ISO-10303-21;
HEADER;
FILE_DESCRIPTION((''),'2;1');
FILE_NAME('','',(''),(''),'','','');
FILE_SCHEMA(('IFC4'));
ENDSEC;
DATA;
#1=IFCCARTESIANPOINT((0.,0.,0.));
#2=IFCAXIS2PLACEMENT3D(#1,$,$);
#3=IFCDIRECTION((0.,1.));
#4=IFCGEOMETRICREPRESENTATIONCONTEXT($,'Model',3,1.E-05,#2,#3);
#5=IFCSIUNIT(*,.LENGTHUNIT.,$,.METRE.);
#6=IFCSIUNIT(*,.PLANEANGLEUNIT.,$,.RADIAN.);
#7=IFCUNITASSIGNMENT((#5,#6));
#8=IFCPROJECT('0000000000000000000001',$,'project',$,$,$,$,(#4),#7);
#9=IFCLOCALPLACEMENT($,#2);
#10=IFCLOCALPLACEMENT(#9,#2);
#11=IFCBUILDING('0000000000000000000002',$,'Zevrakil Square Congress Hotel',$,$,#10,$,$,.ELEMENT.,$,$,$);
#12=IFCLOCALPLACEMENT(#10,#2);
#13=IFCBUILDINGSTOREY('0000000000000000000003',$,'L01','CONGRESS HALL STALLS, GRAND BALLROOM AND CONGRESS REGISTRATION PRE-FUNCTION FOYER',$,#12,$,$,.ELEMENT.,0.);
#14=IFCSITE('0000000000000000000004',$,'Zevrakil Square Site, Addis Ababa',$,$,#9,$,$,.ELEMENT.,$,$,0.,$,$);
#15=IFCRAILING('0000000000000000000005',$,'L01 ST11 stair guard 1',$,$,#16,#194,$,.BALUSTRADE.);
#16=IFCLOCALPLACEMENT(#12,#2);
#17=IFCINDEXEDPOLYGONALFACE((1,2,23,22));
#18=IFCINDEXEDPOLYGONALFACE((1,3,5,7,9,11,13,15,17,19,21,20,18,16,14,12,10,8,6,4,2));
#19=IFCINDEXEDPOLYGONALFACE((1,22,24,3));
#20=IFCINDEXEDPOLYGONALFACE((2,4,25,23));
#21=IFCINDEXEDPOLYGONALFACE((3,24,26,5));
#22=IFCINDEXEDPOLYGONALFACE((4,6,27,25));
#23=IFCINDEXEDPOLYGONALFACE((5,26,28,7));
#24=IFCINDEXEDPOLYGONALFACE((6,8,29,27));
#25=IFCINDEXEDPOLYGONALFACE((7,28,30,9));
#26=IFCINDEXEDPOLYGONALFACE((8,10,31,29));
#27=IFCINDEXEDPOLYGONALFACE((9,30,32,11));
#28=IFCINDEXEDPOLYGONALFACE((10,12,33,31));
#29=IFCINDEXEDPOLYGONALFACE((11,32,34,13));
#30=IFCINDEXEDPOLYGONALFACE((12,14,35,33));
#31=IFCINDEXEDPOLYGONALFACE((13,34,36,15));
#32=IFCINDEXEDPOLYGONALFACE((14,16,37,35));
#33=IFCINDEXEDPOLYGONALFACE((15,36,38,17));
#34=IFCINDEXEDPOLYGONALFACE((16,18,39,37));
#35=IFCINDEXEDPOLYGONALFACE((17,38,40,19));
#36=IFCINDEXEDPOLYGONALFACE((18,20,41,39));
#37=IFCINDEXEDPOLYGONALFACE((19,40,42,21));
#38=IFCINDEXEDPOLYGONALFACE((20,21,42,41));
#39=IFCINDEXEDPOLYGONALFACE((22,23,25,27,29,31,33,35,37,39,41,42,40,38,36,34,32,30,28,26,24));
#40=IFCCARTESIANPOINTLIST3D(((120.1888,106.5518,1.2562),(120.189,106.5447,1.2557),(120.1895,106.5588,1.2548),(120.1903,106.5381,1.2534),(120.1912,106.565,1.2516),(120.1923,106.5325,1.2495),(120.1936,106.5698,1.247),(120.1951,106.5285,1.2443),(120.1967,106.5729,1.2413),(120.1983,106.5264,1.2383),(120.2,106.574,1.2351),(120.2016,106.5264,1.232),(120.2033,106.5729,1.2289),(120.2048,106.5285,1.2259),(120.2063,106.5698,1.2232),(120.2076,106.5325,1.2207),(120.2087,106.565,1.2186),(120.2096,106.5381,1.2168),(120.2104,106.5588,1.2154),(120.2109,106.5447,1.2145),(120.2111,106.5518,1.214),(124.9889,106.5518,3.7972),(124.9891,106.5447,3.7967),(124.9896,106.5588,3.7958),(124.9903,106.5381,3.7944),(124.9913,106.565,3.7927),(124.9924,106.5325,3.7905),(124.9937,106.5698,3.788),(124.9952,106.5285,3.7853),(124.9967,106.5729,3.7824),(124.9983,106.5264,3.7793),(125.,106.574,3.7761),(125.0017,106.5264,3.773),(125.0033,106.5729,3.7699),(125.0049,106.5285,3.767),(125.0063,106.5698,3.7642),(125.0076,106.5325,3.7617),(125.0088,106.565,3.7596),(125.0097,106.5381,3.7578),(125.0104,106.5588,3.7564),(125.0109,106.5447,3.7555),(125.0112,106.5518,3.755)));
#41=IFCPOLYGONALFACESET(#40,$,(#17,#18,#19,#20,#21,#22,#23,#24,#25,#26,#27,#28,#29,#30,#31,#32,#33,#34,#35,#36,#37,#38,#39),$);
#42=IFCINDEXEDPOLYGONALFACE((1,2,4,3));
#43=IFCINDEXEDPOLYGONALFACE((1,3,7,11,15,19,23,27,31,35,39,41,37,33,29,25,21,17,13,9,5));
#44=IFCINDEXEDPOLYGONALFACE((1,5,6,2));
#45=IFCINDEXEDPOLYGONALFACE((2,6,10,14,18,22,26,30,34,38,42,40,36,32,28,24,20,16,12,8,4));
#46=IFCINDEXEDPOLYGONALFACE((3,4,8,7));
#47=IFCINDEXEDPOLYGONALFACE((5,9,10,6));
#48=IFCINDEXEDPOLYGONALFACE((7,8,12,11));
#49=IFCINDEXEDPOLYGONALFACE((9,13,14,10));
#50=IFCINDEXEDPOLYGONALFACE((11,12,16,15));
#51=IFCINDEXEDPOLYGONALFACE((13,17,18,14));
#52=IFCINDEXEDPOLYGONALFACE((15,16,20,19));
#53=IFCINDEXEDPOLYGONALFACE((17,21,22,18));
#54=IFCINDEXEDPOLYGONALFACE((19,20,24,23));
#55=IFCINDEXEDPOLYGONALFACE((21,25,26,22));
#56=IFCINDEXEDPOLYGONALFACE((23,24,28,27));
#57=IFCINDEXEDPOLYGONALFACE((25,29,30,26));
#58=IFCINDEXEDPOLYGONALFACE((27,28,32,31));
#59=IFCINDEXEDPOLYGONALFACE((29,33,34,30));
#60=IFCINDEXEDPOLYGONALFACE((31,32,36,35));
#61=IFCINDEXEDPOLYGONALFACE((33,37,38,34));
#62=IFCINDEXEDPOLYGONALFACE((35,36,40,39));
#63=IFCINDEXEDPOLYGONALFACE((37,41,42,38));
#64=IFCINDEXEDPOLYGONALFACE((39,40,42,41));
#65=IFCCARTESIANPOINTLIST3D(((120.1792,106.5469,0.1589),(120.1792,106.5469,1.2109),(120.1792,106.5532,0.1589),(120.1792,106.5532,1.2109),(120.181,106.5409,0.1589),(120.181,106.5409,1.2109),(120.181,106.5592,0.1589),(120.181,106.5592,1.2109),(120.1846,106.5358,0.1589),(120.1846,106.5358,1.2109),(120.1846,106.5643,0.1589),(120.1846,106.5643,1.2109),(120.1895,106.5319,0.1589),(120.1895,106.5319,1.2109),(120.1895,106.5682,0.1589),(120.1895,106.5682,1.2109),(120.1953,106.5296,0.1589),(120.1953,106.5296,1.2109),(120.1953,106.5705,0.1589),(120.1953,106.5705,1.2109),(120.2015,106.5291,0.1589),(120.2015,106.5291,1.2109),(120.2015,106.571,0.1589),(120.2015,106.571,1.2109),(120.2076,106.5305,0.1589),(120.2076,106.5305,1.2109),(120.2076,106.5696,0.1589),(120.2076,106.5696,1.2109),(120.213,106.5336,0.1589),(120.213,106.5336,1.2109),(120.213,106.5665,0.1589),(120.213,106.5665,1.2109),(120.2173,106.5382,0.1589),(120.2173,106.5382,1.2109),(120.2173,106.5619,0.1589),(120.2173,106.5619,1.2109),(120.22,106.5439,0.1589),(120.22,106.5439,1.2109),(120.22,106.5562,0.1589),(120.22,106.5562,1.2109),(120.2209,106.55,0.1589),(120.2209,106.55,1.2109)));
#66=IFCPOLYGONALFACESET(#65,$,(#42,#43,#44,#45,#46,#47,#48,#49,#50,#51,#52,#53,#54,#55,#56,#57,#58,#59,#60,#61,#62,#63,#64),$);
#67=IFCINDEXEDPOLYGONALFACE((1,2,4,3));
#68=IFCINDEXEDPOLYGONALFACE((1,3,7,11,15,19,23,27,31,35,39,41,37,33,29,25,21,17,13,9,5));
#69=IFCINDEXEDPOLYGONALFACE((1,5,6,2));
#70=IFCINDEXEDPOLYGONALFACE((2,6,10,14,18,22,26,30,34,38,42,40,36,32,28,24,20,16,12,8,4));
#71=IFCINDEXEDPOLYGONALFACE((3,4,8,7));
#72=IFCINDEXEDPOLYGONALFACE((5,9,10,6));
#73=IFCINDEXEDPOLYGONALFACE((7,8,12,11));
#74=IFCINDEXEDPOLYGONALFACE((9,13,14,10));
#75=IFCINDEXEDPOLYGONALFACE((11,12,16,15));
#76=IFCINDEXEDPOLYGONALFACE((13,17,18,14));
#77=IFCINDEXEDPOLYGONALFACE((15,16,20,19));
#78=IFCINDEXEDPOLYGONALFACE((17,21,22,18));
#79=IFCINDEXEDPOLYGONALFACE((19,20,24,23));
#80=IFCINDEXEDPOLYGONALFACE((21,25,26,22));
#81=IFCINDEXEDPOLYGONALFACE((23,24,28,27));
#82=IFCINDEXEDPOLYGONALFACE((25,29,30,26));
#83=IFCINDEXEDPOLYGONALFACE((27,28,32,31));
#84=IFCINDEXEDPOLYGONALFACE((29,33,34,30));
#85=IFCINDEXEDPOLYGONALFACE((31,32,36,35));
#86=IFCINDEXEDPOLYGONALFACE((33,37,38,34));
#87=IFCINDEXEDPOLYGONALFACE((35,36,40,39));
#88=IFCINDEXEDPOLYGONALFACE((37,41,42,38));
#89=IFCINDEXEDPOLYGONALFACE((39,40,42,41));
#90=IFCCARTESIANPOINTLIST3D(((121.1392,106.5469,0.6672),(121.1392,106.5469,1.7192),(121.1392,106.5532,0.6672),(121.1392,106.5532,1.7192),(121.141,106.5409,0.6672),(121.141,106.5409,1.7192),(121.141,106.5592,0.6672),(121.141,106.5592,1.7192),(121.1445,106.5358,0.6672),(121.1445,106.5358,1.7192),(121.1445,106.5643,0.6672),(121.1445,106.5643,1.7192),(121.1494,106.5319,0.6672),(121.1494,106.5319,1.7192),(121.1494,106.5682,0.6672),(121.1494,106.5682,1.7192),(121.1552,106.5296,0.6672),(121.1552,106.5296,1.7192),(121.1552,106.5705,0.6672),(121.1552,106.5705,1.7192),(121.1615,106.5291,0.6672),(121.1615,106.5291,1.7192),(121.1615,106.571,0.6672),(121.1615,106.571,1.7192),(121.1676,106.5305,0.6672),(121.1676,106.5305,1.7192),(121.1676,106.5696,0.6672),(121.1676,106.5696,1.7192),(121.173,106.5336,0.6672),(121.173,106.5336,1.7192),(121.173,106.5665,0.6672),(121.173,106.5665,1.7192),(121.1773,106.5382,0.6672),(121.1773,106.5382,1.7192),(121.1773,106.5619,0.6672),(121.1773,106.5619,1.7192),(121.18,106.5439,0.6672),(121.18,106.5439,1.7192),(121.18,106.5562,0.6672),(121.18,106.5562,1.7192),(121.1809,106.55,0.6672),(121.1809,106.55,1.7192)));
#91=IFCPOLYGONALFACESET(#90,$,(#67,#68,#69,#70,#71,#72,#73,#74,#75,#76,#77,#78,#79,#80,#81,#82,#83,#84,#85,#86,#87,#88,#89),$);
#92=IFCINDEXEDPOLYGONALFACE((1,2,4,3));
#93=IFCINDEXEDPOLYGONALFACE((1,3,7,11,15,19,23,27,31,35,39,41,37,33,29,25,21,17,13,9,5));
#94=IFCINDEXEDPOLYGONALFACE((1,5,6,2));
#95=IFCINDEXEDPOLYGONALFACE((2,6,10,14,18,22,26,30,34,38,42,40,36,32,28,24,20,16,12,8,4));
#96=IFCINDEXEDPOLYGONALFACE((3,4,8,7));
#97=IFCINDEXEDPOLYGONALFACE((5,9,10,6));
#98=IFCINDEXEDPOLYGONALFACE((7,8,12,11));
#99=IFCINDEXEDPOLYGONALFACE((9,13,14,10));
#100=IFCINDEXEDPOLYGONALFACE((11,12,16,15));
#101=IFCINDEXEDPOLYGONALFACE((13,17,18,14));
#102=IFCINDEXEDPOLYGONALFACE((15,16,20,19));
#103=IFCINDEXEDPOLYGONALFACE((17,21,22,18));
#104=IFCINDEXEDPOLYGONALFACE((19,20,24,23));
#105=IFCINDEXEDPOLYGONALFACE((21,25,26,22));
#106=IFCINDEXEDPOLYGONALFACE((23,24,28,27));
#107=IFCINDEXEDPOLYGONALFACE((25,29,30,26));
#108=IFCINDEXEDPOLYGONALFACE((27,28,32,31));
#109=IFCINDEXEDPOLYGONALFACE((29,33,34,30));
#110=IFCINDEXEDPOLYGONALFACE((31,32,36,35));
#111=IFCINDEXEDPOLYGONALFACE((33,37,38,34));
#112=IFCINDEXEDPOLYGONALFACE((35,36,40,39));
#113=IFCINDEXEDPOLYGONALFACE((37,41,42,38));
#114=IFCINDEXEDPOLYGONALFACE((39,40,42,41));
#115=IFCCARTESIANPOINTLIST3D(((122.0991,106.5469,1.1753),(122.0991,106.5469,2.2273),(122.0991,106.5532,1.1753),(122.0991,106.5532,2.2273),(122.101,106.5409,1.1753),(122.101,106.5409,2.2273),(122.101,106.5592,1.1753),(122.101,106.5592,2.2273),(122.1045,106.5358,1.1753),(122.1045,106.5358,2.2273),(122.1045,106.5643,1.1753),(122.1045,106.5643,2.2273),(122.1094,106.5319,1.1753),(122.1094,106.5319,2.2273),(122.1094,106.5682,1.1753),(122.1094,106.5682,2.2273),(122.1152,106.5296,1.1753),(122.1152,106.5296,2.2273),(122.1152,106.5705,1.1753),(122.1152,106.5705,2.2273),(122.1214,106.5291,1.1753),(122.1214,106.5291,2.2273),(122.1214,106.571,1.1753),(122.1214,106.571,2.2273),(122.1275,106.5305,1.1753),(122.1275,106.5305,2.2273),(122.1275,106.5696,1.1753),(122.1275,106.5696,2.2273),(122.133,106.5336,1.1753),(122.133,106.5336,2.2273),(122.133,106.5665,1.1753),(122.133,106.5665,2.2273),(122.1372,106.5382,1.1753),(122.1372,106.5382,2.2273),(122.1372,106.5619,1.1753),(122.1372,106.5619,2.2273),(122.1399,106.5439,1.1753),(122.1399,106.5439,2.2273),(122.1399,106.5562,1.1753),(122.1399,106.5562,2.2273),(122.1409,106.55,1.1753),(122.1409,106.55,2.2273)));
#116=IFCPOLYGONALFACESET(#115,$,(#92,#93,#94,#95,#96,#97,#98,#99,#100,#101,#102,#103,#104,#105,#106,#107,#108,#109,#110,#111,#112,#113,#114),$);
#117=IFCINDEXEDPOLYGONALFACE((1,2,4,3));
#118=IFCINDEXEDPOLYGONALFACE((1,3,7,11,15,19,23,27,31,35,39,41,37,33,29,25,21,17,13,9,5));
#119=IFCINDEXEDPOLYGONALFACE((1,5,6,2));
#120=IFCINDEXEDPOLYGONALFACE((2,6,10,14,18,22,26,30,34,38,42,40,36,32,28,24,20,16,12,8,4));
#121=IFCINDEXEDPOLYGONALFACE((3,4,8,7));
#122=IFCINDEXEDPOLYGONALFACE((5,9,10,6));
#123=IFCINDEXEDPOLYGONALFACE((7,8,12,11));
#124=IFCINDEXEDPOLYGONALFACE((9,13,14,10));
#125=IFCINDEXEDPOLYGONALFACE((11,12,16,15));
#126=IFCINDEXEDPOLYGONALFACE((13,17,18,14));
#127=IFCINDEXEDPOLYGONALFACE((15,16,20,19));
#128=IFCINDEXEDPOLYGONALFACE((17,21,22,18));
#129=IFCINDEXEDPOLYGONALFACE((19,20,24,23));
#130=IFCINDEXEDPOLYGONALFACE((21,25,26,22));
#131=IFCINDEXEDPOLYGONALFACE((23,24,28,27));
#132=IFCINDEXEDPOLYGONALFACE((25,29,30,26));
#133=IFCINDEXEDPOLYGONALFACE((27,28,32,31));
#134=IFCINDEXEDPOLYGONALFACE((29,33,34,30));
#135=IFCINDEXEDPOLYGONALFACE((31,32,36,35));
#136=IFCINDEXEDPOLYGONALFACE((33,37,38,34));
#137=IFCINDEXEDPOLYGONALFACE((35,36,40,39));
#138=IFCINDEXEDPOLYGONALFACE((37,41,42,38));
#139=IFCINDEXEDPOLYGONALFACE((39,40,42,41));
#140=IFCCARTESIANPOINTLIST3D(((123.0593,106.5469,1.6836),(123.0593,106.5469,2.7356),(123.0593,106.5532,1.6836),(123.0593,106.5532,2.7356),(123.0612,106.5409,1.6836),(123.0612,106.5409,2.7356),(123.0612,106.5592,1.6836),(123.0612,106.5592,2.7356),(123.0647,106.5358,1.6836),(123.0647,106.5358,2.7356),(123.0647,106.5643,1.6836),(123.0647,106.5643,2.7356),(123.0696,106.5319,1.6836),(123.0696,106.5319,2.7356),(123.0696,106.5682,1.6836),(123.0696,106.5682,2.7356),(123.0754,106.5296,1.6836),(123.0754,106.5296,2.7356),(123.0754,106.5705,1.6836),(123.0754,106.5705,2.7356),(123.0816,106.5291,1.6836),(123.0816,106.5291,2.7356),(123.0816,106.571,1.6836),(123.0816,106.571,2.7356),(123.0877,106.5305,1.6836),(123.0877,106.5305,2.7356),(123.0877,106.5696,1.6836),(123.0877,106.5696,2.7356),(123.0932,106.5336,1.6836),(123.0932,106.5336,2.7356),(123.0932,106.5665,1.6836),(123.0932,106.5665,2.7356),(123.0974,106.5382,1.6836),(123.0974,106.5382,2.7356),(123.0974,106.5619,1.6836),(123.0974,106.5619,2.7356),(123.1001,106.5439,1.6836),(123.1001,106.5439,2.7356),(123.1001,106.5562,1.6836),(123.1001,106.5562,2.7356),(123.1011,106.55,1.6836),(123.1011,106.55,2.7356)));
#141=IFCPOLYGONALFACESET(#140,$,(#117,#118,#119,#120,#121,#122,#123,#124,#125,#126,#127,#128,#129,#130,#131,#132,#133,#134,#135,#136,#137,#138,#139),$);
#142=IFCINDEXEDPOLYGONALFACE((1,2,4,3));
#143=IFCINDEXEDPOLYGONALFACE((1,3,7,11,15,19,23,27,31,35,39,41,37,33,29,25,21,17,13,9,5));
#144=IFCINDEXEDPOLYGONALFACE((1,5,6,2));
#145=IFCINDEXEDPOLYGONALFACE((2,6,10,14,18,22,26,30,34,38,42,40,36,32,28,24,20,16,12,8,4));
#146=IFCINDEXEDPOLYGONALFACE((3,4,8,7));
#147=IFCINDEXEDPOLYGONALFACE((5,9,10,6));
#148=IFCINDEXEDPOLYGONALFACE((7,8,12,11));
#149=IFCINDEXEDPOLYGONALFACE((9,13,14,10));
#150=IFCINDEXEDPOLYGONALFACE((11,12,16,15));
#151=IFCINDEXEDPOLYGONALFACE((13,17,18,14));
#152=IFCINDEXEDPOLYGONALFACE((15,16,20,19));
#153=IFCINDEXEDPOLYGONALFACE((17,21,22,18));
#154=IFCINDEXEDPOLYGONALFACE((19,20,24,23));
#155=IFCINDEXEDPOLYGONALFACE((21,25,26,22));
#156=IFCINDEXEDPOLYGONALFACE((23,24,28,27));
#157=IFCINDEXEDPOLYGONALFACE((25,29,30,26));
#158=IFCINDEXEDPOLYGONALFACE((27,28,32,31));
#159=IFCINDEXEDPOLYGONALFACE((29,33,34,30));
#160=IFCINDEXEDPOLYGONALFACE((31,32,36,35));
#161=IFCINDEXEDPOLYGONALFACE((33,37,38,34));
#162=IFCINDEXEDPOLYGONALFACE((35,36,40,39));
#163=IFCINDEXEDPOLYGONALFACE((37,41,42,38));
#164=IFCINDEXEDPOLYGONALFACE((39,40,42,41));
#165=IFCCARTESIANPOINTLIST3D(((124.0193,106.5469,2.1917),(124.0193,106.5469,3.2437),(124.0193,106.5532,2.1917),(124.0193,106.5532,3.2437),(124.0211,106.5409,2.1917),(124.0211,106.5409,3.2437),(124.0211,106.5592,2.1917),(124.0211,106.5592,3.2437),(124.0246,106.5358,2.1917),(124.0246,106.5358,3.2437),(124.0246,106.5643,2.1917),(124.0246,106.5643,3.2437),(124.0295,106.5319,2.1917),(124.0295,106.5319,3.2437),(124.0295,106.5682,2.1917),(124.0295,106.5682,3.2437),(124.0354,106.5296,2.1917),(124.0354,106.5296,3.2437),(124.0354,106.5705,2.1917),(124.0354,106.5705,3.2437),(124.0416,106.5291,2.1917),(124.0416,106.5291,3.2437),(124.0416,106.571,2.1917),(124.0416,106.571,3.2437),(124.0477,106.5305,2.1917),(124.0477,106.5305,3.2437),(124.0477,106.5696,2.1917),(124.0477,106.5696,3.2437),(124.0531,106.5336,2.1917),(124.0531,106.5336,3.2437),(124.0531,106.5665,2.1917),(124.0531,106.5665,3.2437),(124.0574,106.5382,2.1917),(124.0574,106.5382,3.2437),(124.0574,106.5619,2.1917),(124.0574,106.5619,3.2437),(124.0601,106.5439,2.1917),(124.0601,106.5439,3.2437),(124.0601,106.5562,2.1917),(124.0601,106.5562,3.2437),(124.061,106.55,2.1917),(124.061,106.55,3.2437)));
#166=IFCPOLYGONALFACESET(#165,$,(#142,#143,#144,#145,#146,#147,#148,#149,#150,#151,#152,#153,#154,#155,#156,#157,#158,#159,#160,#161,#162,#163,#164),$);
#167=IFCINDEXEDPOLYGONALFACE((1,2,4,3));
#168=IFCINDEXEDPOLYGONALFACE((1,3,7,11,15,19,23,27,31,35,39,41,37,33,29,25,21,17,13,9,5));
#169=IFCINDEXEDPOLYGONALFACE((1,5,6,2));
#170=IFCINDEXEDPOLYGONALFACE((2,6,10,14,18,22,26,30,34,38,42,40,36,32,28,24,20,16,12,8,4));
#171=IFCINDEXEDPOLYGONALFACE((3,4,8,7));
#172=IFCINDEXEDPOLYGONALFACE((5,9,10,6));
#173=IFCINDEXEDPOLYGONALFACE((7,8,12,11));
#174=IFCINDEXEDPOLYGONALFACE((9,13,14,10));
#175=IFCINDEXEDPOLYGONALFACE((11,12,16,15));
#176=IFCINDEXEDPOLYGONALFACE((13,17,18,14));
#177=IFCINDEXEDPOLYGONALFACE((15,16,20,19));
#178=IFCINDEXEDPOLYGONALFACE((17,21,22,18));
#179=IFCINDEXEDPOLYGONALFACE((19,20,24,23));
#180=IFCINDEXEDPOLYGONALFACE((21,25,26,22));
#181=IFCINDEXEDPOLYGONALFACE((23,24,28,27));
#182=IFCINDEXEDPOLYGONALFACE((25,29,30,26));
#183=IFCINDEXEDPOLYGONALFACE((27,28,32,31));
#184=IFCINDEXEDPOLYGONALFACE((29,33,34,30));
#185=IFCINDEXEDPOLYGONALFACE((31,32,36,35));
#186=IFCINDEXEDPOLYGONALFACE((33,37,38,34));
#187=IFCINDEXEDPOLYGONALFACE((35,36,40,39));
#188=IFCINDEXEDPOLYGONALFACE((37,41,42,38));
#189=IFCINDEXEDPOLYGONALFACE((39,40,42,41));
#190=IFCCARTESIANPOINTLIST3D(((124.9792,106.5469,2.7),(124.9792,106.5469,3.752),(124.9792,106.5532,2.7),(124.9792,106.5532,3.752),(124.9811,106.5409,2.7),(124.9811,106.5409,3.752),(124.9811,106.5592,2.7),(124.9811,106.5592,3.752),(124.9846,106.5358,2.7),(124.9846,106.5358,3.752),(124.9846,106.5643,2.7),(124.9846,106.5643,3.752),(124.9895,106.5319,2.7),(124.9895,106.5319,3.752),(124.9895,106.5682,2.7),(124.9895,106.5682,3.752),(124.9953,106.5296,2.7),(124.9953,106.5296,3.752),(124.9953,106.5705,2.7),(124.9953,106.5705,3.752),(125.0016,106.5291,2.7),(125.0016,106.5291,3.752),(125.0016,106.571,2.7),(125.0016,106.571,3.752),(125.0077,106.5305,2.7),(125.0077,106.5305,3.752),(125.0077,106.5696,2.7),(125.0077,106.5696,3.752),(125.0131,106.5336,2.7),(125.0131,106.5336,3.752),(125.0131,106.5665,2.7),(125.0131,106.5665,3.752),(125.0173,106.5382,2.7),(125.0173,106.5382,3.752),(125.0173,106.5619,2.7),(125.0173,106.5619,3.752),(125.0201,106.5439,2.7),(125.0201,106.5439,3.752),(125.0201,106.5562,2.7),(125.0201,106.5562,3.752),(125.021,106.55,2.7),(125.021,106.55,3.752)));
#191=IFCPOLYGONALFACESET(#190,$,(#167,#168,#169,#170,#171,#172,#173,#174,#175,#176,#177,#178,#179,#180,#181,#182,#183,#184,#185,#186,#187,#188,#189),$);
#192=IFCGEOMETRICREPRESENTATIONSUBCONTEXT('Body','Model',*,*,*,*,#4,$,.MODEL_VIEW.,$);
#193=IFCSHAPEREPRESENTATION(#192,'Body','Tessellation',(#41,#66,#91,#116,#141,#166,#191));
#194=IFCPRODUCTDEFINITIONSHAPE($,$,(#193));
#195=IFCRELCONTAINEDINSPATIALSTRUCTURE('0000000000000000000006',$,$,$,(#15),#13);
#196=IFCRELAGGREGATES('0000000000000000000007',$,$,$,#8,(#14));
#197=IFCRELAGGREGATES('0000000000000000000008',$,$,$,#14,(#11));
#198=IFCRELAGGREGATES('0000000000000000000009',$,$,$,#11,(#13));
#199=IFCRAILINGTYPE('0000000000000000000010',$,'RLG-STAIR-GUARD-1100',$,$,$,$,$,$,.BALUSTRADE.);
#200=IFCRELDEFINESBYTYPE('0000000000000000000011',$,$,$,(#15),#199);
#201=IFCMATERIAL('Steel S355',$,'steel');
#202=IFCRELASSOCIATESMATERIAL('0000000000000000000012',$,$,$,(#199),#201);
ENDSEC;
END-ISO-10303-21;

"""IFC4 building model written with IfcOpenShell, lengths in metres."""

from ifc_helpers import new_model, si_unit, direction, frame, origin, origin_2d, place, context, subcontext, project, spatial, circle, extrude, material, type_object, element, save


model = new_model("IFC4")

# Units and contexts
model_context = context("Model", 3, precision=1e-05, world=origin(), true_north=direction((0.0, 1.0)))
body_context = subcontext(model_context, "Body", "Model", "MODEL_VIEW")
ifc_project = project(units=[si_unit("LENGTHUNIT", "METRE"), si_unit("PLANEANGLEUNIT", "RADIAN")], contexts=[model_context])

# Site, building, storey
site_placement = place(None, origin())
site = spatial("IfcSite", under=ifc_project, at=site_placement, Name="Zevrakil Square Site, Addis Ababa", CompositionType="ELEMENT", RefElevation=0.0)
building_placement = place(site_placement, origin())
building = spatial("IfcBuilding", under=site, at=building_placement, Name="Zevrakil Square Congress Hotel", CompositionType="ELEMENT")
storey_placement = place(building_placement, origin())
storey = spatial("IfcBuildingStorey", under=building, at=storey_placement, Name="L01", Description="CONGRESS HALL STALLS, GRAND BALLROOM AND CONGRESS REGISTRATION PRE-FUNCTION FOYER", CompositionType="ELEMENT", Elevation=0.0)

# Railing
ifc_material_1 = material(Name="Steel S355", Category="steel")
railing_type_1 = type_object("IfcRailingType", Name="RLG-STAIR-GUARD-1100", PredefinedType="BALUSTRADE", material=ifc_material_1)
railing_1_placement = place(storey_placement, frame((120.2, 106.55, 0.1589)))
element("IfcRailing", 1, at=railing_1_placement, inside=storey, type_object=railing_type_1, Name="L01 ST11 stair guard 1", PredefinedType="BALUSTRADE", context=body_context, shape_type="SweptSolid", body=[
    extrude(circle(Radius=0.0239, at=origin_2d()), frame((0.0, 0.0, 1.0762), z_axis=(0.883802, 0.0, 0.467861), x_axis=(0.0, 1.0, 0.0)), (0.0, 0.0, 1.0), 5.4312),
    extrude(circle(Radius=0.021, at=origin_2d()), origin(), (0.0, 0.0, 1.0), 1.052),
    extrude(circle(Radius=0.021, at=origin_2d()), frame((0.96, 0.0, 0.5083)), (0.0, 0.0, 1.0), 1.052),
    extrude(circle(Radius=0.021, at=origin_2d()), frame((1.9199, 0.0, 1.0164)), (0.0, 0.0, 1.0), 1.052),
    extrude(circle(Radius=0.021, at=origin_2d()), frame((2.8801, 0.0, 1.5247)), (0.0, 0.0, 1.0), 1.052),
    extrude(circle(Radius=0.021, at=origin_2d()), frame((3.8401, 0.0, 2.0327)), (0.0, 0.0, 1.0), 1.052),
    extrude(circle(Radius=0.021, at=origin_2d()), frame((4.8, 0.0, 2.541)), (0.0, 0.0, 1.0), 1.052),
])

save(model, "model.ifc")
